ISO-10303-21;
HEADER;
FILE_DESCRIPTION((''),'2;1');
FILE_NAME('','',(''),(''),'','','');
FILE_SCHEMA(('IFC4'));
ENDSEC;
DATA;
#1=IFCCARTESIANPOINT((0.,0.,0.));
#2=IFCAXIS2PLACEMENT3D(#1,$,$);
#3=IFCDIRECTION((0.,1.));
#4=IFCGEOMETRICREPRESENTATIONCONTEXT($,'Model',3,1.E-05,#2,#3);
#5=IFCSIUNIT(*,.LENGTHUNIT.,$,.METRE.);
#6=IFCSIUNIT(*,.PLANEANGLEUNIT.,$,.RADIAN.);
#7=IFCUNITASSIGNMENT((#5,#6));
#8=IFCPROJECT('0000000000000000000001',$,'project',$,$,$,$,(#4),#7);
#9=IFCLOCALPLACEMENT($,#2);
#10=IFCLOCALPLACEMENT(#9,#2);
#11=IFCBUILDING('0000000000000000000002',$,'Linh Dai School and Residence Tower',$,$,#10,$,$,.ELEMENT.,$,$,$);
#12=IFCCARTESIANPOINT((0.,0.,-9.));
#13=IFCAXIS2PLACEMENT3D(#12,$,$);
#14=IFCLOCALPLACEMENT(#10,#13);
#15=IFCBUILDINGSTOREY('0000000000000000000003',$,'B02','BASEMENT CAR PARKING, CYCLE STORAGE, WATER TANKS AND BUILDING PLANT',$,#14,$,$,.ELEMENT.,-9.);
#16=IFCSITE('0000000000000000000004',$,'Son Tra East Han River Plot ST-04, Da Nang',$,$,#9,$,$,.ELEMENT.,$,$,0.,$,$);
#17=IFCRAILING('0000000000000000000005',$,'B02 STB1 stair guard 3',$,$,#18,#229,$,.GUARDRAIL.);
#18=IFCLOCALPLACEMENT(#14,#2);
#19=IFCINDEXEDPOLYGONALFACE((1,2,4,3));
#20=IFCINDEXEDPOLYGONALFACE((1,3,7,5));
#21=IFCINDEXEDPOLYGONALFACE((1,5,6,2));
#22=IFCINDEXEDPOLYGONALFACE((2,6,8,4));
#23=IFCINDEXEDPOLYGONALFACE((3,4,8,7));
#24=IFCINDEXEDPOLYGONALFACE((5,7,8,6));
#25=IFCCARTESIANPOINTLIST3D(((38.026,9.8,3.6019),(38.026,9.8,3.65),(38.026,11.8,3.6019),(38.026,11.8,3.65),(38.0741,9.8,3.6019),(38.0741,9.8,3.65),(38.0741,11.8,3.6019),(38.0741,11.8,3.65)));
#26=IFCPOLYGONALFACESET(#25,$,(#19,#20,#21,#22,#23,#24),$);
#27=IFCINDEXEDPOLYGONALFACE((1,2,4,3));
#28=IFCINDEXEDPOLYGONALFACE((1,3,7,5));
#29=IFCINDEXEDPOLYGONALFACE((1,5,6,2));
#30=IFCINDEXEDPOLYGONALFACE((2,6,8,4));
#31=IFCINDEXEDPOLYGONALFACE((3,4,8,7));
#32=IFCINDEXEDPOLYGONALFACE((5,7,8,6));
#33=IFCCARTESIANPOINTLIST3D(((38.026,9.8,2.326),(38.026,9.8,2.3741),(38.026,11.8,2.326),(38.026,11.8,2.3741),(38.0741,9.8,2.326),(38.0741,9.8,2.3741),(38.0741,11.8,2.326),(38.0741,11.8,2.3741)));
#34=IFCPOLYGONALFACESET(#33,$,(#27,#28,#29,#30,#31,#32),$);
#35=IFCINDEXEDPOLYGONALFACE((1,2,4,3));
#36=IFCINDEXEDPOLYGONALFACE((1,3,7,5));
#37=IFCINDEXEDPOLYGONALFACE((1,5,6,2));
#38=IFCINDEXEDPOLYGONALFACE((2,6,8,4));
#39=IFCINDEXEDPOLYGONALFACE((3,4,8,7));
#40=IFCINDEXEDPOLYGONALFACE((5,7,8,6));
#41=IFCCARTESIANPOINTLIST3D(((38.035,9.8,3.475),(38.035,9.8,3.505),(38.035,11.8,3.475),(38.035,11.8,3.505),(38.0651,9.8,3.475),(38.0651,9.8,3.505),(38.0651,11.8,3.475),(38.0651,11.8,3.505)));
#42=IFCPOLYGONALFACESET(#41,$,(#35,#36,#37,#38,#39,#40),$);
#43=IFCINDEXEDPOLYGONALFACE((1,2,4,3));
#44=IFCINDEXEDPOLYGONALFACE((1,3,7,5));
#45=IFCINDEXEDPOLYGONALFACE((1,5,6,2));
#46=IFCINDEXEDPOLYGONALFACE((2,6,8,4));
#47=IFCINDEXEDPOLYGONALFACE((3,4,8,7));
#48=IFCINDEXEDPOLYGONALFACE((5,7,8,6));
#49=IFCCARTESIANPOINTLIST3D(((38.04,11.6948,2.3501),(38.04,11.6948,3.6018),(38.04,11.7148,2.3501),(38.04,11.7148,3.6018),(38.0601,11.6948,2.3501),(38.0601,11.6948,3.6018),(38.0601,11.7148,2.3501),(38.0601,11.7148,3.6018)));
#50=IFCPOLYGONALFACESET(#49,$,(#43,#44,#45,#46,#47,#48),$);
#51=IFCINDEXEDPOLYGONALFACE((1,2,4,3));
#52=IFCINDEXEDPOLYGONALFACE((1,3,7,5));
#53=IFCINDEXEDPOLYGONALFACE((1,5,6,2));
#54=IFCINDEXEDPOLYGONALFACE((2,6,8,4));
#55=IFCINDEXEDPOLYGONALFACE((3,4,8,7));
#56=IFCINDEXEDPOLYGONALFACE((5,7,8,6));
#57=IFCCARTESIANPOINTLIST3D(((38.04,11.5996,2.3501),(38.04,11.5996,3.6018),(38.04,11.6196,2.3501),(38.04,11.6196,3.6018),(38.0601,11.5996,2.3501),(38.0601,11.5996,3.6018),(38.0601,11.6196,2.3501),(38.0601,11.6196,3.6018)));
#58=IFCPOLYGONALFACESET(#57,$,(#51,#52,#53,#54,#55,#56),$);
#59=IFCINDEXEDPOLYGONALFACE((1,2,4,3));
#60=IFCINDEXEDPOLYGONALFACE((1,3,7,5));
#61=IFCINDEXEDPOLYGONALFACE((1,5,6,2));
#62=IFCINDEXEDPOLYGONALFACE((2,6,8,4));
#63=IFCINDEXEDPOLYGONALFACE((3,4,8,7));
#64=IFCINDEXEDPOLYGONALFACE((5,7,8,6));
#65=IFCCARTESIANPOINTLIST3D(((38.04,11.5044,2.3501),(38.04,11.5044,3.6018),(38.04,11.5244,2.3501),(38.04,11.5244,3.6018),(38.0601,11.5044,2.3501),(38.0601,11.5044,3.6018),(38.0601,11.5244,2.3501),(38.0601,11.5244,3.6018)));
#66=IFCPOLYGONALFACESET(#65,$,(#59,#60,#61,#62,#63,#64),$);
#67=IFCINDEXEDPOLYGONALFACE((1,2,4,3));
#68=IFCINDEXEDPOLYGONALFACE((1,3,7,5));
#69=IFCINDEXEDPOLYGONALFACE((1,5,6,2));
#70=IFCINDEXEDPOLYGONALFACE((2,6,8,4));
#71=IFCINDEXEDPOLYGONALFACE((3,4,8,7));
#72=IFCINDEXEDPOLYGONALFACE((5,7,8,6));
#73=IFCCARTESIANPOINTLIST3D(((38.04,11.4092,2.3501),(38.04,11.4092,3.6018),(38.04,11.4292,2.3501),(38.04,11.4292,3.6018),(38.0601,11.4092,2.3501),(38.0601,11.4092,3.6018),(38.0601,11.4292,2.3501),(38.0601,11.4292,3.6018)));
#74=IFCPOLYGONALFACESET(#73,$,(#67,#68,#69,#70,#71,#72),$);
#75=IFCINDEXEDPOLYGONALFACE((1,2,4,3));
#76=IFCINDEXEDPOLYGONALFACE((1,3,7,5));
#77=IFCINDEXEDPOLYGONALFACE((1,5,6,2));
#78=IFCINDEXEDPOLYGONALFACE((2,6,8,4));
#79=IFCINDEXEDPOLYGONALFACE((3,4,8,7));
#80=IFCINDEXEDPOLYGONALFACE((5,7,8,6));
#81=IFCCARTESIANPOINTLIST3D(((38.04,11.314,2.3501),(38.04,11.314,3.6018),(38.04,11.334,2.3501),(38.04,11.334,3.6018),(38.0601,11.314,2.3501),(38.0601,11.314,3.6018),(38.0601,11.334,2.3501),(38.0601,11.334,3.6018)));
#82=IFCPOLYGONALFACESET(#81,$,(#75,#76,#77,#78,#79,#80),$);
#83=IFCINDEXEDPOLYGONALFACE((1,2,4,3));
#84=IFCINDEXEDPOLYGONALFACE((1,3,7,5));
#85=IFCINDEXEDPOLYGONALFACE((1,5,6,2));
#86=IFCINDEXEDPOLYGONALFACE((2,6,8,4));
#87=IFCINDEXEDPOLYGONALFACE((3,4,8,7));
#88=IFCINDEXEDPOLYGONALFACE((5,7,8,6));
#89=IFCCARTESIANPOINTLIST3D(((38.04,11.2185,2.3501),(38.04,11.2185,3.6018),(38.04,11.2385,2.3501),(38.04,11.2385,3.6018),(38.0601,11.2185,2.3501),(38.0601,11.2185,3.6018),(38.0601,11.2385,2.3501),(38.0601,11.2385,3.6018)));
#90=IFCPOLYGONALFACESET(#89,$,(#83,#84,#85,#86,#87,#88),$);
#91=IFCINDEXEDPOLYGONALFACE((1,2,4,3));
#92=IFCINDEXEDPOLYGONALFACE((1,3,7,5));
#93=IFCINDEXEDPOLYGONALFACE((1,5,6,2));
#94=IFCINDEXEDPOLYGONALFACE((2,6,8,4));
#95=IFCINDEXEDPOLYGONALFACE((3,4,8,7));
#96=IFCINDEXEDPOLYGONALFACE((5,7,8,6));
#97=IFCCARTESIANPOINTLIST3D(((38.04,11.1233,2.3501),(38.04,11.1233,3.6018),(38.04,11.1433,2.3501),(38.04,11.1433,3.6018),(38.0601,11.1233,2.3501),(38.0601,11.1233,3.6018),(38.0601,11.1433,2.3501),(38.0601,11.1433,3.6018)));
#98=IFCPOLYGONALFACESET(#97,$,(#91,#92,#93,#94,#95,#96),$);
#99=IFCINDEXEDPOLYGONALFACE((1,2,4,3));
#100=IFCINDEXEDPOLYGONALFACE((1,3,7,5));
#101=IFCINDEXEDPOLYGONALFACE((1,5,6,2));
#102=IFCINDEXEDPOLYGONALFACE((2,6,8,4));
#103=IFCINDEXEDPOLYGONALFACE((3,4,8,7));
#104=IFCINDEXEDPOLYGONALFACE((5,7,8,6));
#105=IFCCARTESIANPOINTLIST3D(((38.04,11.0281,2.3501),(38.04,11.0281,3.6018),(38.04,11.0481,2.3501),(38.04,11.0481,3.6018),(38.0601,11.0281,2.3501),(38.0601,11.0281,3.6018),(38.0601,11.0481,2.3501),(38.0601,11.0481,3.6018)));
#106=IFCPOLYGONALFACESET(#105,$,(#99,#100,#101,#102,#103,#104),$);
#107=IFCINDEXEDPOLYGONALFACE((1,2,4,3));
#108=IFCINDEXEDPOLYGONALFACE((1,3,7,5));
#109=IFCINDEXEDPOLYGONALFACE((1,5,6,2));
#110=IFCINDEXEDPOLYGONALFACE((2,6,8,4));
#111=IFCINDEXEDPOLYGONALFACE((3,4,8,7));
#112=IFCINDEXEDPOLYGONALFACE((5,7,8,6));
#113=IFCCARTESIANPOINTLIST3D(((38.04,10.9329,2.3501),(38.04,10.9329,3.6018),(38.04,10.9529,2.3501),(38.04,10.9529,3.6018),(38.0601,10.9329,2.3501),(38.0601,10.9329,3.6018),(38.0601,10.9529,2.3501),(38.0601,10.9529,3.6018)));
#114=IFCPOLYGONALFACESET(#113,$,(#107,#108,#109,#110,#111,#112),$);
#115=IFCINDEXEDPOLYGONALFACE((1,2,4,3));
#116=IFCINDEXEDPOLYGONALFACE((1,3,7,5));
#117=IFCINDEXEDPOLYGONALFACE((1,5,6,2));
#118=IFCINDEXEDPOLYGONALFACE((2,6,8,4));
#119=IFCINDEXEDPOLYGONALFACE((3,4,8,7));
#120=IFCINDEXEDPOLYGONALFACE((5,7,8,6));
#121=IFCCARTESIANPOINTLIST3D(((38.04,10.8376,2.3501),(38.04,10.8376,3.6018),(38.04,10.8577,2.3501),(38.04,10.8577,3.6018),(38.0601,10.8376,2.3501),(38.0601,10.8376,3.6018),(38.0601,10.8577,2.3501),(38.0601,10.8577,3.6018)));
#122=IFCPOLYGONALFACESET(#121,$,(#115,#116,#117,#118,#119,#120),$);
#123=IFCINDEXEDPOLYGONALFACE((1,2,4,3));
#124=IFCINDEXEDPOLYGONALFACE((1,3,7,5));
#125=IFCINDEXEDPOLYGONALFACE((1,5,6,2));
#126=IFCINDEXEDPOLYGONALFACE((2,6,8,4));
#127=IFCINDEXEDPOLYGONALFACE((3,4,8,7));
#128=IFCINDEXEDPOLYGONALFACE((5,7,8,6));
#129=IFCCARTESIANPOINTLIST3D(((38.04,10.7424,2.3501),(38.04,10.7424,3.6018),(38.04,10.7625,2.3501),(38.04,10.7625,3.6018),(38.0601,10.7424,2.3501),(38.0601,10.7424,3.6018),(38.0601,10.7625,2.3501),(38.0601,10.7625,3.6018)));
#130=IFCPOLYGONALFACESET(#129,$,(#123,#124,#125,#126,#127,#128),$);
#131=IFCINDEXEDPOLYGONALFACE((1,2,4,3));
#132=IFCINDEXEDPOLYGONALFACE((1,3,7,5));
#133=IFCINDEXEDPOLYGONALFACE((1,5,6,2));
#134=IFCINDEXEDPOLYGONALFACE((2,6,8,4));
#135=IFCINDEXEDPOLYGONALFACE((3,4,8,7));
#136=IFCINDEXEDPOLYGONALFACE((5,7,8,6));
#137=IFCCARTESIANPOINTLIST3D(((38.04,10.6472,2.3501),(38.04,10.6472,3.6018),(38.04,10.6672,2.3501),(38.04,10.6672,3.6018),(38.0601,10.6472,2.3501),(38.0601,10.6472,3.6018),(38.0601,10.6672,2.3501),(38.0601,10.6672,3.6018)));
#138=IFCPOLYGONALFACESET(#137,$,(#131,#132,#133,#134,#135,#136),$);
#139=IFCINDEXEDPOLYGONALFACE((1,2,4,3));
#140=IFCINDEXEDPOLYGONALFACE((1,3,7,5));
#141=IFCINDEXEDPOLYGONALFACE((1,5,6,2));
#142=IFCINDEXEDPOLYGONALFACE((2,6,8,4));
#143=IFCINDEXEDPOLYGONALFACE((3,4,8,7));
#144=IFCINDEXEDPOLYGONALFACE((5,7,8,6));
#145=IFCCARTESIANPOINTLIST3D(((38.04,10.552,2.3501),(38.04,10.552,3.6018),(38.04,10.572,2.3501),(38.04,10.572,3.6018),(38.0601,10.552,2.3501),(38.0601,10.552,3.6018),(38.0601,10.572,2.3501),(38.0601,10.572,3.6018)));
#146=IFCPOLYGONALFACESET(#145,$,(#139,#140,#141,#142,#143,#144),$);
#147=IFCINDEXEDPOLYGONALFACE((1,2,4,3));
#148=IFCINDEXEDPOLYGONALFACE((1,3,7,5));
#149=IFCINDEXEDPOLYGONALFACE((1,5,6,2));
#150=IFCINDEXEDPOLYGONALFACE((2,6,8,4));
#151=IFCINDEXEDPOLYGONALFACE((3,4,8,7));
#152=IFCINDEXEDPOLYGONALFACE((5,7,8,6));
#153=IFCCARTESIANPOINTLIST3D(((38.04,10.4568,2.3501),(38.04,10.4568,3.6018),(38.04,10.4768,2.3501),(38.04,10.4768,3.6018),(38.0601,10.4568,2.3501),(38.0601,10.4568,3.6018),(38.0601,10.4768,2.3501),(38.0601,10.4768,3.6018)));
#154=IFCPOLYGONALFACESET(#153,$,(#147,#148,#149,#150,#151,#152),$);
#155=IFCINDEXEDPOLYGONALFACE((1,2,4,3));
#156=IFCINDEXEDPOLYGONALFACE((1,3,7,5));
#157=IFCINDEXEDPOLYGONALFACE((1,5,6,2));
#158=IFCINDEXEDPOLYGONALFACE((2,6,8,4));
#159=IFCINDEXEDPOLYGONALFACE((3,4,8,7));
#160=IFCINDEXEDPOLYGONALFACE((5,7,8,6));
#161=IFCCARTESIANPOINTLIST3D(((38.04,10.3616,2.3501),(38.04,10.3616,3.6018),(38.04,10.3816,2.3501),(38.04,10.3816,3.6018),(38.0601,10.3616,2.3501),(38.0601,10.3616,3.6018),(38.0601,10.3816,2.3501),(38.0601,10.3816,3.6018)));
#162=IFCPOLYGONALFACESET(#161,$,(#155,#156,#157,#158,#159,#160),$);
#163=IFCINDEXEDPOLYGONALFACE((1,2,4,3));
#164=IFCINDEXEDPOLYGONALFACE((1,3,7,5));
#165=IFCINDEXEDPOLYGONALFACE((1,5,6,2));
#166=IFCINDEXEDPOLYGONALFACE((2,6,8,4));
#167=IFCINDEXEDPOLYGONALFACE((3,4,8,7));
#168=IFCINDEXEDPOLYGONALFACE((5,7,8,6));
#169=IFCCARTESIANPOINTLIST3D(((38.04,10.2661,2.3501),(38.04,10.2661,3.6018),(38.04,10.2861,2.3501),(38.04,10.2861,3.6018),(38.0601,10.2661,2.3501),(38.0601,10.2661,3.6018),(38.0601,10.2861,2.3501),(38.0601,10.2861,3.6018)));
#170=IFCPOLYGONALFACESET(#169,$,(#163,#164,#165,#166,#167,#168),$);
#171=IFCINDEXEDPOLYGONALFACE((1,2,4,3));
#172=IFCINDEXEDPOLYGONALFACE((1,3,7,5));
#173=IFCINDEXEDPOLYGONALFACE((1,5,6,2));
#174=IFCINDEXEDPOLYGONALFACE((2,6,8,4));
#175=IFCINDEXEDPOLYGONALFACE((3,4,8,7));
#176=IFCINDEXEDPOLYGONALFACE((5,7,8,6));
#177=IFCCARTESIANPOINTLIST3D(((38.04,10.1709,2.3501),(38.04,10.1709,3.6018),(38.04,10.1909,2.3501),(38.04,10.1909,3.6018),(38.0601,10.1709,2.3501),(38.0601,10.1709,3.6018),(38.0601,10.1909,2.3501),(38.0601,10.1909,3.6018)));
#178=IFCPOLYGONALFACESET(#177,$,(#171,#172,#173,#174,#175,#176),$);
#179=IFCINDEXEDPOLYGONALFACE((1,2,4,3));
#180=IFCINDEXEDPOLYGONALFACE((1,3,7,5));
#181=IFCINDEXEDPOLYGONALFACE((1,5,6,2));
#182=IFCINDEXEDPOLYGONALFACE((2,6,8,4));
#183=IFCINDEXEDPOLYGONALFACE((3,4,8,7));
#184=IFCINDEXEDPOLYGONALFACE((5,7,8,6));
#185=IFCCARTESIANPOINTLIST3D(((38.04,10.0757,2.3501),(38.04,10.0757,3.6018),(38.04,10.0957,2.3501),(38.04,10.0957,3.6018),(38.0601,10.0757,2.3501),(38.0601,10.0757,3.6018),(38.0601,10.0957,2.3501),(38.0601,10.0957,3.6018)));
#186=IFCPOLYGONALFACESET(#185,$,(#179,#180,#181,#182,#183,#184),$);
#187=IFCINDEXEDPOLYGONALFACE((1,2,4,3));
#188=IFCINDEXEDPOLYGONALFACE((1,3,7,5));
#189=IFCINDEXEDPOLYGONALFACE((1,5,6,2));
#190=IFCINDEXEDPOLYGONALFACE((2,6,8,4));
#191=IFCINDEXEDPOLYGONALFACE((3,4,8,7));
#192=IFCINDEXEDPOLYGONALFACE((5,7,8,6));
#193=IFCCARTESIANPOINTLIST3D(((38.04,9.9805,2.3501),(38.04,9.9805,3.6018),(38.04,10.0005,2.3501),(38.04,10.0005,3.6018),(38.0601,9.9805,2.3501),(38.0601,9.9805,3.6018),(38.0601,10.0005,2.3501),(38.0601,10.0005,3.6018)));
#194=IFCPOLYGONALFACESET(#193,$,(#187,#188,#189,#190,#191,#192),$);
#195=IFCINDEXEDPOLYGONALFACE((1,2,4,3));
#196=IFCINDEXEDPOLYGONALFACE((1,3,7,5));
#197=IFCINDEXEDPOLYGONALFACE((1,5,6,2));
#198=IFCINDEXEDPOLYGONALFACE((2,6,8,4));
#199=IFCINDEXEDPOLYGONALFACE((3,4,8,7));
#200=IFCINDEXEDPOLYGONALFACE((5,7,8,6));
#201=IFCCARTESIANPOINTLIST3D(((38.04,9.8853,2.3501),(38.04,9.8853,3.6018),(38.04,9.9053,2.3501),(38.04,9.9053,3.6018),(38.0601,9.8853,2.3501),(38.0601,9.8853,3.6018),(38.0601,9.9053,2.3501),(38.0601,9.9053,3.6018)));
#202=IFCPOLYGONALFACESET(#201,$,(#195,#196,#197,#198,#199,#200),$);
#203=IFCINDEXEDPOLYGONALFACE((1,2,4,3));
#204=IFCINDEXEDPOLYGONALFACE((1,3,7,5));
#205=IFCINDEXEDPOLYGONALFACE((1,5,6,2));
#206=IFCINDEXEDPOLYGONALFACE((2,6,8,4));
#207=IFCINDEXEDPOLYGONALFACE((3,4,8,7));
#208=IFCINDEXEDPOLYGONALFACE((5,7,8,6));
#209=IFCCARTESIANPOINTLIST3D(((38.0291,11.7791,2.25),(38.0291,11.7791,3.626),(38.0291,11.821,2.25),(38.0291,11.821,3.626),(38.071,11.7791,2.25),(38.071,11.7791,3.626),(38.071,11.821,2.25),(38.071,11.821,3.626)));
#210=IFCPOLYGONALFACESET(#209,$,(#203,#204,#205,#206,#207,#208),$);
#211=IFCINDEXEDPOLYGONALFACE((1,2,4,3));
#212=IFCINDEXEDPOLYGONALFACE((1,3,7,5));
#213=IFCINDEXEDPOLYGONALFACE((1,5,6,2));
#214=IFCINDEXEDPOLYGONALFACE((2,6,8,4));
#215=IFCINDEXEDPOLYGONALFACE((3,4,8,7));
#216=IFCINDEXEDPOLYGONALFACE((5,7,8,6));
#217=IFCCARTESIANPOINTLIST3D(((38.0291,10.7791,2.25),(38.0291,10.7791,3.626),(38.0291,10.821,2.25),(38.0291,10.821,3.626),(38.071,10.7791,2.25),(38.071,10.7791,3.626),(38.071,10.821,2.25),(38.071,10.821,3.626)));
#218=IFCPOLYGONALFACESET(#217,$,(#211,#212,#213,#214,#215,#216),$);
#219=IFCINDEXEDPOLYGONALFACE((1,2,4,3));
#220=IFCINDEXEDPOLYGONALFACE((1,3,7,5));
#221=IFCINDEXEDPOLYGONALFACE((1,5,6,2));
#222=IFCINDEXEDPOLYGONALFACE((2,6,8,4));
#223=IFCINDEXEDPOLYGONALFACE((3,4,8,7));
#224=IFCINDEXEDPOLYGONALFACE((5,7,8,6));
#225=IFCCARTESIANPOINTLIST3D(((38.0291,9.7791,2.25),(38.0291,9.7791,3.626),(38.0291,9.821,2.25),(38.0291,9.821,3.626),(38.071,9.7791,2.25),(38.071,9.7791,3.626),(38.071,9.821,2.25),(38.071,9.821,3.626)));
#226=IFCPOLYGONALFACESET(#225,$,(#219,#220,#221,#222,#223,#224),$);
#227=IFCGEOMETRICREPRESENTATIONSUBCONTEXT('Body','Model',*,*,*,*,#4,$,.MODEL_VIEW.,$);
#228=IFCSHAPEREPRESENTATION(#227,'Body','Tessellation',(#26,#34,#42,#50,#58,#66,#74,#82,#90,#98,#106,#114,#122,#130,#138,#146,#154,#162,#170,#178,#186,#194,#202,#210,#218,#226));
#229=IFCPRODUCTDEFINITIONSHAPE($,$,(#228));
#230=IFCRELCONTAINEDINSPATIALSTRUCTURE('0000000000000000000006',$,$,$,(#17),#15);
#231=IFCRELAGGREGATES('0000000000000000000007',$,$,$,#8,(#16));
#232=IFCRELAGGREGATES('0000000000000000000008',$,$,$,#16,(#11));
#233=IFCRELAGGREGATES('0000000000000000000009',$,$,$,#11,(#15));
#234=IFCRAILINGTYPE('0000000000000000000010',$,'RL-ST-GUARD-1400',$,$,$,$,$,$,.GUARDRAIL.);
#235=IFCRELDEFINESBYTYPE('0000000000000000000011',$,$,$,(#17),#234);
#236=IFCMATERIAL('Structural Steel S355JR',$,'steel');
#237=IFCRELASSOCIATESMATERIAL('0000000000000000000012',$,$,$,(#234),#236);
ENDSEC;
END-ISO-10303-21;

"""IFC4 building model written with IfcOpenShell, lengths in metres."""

from ifc_helpers import new_model, si_unit, direction, frame, origin, origin_2d, place, context, subcontext, project, spatial, rectangle, extrude, source, transform, mapped, material, type_object, element, save


model = new_model("IFC4")

# Units and contexts
model_context = context("Model", 3, precision=1e-05, world=origin(), true_north=direction((0.0, 1.0)))
body_context = subcontext(model_context, "Body", "Model", "MODEL_VIEW")
ifc_project = project(units=[si_unit("LENGTHUNIT", "METRE"), si_unit("PLANEANGLEUNIT", "RADIAN")], contexts=[model_context])

# Site, building, storey
site_placement = place(None, origin())
site = spatial("IfcSite", under=ifc_project, at=site_placement, Name="Son Tra East Han River Plot ST-04, Da Nang", CompositionType="ELEMENT", RefElevation=0.0)
building_placement = place(site_placement, origin())
building = spatial("IfcBuilding", under=site, at=building_placement, Name="Linh Dai School and Residence Tower", CompositionType="ELEMENT")
storey_placement = place(building_placement, frame((0.0, 0.0, -9.0)))
storey = spatial("IfcBuildingStorey", under=building, at=storey_placement, Name="B02", Description="BASEMENT CAR PARKING, CYCLE STORAGE, WATER TANKS AND BUILDING PLANT", CompositionType="ELEMENT", Elevation=-9.0)

# Shared definitions
ifc_material_1 = material(Name="Structural Steel S355JR", Category="steel")

# Railing
railing_type = type_object("IfcRailingType", Name="RL-ST-GUARD-1400", PredefinedType="GUARDRAIL", material=ifc_material_1)
shared_shape_1 = source(origin(), body_context, "Body", "SweptSolid", [
    extrude(rectangle(XDim=0.0481, YDim=0.0481, at=origin_2d()), frame((0.0, 0.0, 1.376), z_axis=(0.0, -1.0, 0.0), x_axis=(1.0, 0.0, 0.0)), (0.0, 0.0, 1.0), 2.0),
    extrude(rectangle(XDim=0.0481, YDim=0.0481, at=origin_2d()), frame((0.0, 0.0, 0.1001), z_axis=(0.0, -1.0, 0.0), x_axis=(1.0, 0.0, 0.0)), (0.0, 0.0, 1.0), 2.0),
    extrude(rectangle(XDim=0.03, YDim=0.03, at=origin_2d()), frame((0.0, 0.0, 1.24), z_axis=(0.0, -1.0, 0.0), x_axis=(1.0, 0.0, 0.0)), (0.0, 0.0, 1.0), 2.0),
    extrude(rectangle(XDim=0.02, YDim=0.02, at=origin_2d()), frame((0.0, -0.0952, 0.1001)), (0.0, 0.0, 1.0), 1.2517),
    extrude(rectangle(XDim=0.02, YDim=0.02, at=origin_2d()), frame((0.0, -0.1904, 0.1001)), (0.0, 0.0, 1.0), 1.2517),
    extrude(rectangle(XDim=0.02, YDim=0.02, at=origin_2d()), frame((0.0, -0.2856, 0.1001)), (0.0, 0.0, 1.0), 1.2517),
    extrude(rectangle(XDim=0.02, YDim=0.02, at=origin_2d()), frame((0.0, -0.3809, 0.1001)), (0.0, 0.0, 1.0), 1.2517),
    extrude(rectangle(XDim=0.02, YDim=0.02, at=origin_2d()), frame((0.0, -0.4761, 0.1001)), (0.0, 0.0, 1.0), 1.2517),
    extrude(rectangle(XDim=0.02, YDim=0.02, at=origin_2d()), frame((0.0, -0.5715, 0.1001)), (0.0, 0.0, 1.0), 1.2517),
    extrude(rectangle(XDim=0.02, YDim=0.02, at=origin_2d()), frame((0.0, -0.6667, 0.1001)), (0.0, 0.0, 1.0), 1.2517),
    extrude(rectangle(XDim=0.02, YDim=0.02, at=origin_2d()), frame((0.0, -0.762, 0.1001)), (0.0, 0.0, 1.0), 1.2517),
    extrude(rectangle(XDim=0.02, YDim=0.02, at=origin_2d()), frame((0.0, -0.8572, 0.1001)), (0.0, 0.0, 1.0), 1.2517),
    extrude(rectangle(XDim=0.02, YDim=0.02, at=origin_2d()), frame((0.0, -0.9524, 0.1001)), (0.0, 0.0, 1.0), 1.2517),
    extrude(rectangle(XDim=0.02, YDim=0.02, at=origin_2d()), frame((0.0, -1.0476, 0.1001)), (0.0, 0.0, 1.0), 1.2517),
    extrude(rectangle(XDim=0.02, YDim=0.02, at=origin_2d()), frame((0.0, -1.1428, 0.1001)), (0.0, 0.0, 1.0), 1.2517),
    extrude(rectangle(XDim=0.02, YDim=0.02, at=origin_2d()), frame((0.0, -1.238, 0.1001)), (0.0, 0.0, 1.0), 1.2517),
    extrude(rectangle(XDim=0.02, YDim=0.02, at=origin_2d()), frame((0.0, -1.3333, 0.1001)), (0.0, 0.0, 1.0), 1.2517),
    extrude(rectangle(XDim=0.02, YDim=0.02, at=origin_2d()), frame((0.0, -1.4285, 0.1001)), (0.0, 0.0, 1.0), 1.2517),
    extrude(rectangle(XDim=0.02, YDim=0.02, at=origin_2d()), frame((0.0, -1.5239, 0.1001)), (0.0, 0.0, 1.0), 1.2517),
    extrude(rectangle(XDim=0.02, YDim=0.02, at=origin_2d()), frame((0.0, -1.6191, 0.1001)), (0.0, 0.0, 1.0), 1.2517),
    extrude(rectangle(XDim=0.02, YDim=0.02, at=origin_2d()), frame((0.0, -1.7144, 0.1001)), (0.0, 0.0, 1.0), 1.2517),
    extrude(rectangle(XDim=0.02, YDim=0.02, at=origin_2d()), frame((0.0, -1.8096, 0.1001)), (0.0, 0.0, 1.0), 1.2517),
    extrude(rectangle(XDim=0.02, YDim=0.02, at=origin_2d()), frame((0.0, -1.9048, 0.1001)), (0.0, 0.0, 1.0), 1.2517),
    extrude(rectangle(XDim=0.042, YDim=0.042, at=origin_2d()), origin(), (0.0, 0.0, 1.0), 1.376),
    extrude(rectangle(XDim=0.042, YDim=0.042, at=origin_2d()), frame((0.0, -1.0, 0.0)), (0.0, 0.0, 1.0), 1.376),
    extrude(rectangle(XDim=0.042, YDim=0.042, at=origin_2d()), frame((0.0, -2.0, 0.0)), (0.0, 0.0, 1.0), 1.376),
])
railing_1_placement = place(storey_placement, frame((38.05, 11.8, 2.25)))
element("IfcRailing", 1, at=railing_1_placement, inside=storey, type_object=railing_type, Name="B02 STB1 stair guard 3", PredefinedType="GUARDRAIL", context=body_context, shape_type="MappedRepresentation", body=[
    mapped(shared_shape_1, transform((0.0, 0.0, 0.0), x_axis=(1.0, 0.0, 0.0), y_axis=(0.0, 1.0, 0.0), z_axis=(0.0, 0.0, 1.0), scale=1.0)),
])

save(model, "model.ifc")
